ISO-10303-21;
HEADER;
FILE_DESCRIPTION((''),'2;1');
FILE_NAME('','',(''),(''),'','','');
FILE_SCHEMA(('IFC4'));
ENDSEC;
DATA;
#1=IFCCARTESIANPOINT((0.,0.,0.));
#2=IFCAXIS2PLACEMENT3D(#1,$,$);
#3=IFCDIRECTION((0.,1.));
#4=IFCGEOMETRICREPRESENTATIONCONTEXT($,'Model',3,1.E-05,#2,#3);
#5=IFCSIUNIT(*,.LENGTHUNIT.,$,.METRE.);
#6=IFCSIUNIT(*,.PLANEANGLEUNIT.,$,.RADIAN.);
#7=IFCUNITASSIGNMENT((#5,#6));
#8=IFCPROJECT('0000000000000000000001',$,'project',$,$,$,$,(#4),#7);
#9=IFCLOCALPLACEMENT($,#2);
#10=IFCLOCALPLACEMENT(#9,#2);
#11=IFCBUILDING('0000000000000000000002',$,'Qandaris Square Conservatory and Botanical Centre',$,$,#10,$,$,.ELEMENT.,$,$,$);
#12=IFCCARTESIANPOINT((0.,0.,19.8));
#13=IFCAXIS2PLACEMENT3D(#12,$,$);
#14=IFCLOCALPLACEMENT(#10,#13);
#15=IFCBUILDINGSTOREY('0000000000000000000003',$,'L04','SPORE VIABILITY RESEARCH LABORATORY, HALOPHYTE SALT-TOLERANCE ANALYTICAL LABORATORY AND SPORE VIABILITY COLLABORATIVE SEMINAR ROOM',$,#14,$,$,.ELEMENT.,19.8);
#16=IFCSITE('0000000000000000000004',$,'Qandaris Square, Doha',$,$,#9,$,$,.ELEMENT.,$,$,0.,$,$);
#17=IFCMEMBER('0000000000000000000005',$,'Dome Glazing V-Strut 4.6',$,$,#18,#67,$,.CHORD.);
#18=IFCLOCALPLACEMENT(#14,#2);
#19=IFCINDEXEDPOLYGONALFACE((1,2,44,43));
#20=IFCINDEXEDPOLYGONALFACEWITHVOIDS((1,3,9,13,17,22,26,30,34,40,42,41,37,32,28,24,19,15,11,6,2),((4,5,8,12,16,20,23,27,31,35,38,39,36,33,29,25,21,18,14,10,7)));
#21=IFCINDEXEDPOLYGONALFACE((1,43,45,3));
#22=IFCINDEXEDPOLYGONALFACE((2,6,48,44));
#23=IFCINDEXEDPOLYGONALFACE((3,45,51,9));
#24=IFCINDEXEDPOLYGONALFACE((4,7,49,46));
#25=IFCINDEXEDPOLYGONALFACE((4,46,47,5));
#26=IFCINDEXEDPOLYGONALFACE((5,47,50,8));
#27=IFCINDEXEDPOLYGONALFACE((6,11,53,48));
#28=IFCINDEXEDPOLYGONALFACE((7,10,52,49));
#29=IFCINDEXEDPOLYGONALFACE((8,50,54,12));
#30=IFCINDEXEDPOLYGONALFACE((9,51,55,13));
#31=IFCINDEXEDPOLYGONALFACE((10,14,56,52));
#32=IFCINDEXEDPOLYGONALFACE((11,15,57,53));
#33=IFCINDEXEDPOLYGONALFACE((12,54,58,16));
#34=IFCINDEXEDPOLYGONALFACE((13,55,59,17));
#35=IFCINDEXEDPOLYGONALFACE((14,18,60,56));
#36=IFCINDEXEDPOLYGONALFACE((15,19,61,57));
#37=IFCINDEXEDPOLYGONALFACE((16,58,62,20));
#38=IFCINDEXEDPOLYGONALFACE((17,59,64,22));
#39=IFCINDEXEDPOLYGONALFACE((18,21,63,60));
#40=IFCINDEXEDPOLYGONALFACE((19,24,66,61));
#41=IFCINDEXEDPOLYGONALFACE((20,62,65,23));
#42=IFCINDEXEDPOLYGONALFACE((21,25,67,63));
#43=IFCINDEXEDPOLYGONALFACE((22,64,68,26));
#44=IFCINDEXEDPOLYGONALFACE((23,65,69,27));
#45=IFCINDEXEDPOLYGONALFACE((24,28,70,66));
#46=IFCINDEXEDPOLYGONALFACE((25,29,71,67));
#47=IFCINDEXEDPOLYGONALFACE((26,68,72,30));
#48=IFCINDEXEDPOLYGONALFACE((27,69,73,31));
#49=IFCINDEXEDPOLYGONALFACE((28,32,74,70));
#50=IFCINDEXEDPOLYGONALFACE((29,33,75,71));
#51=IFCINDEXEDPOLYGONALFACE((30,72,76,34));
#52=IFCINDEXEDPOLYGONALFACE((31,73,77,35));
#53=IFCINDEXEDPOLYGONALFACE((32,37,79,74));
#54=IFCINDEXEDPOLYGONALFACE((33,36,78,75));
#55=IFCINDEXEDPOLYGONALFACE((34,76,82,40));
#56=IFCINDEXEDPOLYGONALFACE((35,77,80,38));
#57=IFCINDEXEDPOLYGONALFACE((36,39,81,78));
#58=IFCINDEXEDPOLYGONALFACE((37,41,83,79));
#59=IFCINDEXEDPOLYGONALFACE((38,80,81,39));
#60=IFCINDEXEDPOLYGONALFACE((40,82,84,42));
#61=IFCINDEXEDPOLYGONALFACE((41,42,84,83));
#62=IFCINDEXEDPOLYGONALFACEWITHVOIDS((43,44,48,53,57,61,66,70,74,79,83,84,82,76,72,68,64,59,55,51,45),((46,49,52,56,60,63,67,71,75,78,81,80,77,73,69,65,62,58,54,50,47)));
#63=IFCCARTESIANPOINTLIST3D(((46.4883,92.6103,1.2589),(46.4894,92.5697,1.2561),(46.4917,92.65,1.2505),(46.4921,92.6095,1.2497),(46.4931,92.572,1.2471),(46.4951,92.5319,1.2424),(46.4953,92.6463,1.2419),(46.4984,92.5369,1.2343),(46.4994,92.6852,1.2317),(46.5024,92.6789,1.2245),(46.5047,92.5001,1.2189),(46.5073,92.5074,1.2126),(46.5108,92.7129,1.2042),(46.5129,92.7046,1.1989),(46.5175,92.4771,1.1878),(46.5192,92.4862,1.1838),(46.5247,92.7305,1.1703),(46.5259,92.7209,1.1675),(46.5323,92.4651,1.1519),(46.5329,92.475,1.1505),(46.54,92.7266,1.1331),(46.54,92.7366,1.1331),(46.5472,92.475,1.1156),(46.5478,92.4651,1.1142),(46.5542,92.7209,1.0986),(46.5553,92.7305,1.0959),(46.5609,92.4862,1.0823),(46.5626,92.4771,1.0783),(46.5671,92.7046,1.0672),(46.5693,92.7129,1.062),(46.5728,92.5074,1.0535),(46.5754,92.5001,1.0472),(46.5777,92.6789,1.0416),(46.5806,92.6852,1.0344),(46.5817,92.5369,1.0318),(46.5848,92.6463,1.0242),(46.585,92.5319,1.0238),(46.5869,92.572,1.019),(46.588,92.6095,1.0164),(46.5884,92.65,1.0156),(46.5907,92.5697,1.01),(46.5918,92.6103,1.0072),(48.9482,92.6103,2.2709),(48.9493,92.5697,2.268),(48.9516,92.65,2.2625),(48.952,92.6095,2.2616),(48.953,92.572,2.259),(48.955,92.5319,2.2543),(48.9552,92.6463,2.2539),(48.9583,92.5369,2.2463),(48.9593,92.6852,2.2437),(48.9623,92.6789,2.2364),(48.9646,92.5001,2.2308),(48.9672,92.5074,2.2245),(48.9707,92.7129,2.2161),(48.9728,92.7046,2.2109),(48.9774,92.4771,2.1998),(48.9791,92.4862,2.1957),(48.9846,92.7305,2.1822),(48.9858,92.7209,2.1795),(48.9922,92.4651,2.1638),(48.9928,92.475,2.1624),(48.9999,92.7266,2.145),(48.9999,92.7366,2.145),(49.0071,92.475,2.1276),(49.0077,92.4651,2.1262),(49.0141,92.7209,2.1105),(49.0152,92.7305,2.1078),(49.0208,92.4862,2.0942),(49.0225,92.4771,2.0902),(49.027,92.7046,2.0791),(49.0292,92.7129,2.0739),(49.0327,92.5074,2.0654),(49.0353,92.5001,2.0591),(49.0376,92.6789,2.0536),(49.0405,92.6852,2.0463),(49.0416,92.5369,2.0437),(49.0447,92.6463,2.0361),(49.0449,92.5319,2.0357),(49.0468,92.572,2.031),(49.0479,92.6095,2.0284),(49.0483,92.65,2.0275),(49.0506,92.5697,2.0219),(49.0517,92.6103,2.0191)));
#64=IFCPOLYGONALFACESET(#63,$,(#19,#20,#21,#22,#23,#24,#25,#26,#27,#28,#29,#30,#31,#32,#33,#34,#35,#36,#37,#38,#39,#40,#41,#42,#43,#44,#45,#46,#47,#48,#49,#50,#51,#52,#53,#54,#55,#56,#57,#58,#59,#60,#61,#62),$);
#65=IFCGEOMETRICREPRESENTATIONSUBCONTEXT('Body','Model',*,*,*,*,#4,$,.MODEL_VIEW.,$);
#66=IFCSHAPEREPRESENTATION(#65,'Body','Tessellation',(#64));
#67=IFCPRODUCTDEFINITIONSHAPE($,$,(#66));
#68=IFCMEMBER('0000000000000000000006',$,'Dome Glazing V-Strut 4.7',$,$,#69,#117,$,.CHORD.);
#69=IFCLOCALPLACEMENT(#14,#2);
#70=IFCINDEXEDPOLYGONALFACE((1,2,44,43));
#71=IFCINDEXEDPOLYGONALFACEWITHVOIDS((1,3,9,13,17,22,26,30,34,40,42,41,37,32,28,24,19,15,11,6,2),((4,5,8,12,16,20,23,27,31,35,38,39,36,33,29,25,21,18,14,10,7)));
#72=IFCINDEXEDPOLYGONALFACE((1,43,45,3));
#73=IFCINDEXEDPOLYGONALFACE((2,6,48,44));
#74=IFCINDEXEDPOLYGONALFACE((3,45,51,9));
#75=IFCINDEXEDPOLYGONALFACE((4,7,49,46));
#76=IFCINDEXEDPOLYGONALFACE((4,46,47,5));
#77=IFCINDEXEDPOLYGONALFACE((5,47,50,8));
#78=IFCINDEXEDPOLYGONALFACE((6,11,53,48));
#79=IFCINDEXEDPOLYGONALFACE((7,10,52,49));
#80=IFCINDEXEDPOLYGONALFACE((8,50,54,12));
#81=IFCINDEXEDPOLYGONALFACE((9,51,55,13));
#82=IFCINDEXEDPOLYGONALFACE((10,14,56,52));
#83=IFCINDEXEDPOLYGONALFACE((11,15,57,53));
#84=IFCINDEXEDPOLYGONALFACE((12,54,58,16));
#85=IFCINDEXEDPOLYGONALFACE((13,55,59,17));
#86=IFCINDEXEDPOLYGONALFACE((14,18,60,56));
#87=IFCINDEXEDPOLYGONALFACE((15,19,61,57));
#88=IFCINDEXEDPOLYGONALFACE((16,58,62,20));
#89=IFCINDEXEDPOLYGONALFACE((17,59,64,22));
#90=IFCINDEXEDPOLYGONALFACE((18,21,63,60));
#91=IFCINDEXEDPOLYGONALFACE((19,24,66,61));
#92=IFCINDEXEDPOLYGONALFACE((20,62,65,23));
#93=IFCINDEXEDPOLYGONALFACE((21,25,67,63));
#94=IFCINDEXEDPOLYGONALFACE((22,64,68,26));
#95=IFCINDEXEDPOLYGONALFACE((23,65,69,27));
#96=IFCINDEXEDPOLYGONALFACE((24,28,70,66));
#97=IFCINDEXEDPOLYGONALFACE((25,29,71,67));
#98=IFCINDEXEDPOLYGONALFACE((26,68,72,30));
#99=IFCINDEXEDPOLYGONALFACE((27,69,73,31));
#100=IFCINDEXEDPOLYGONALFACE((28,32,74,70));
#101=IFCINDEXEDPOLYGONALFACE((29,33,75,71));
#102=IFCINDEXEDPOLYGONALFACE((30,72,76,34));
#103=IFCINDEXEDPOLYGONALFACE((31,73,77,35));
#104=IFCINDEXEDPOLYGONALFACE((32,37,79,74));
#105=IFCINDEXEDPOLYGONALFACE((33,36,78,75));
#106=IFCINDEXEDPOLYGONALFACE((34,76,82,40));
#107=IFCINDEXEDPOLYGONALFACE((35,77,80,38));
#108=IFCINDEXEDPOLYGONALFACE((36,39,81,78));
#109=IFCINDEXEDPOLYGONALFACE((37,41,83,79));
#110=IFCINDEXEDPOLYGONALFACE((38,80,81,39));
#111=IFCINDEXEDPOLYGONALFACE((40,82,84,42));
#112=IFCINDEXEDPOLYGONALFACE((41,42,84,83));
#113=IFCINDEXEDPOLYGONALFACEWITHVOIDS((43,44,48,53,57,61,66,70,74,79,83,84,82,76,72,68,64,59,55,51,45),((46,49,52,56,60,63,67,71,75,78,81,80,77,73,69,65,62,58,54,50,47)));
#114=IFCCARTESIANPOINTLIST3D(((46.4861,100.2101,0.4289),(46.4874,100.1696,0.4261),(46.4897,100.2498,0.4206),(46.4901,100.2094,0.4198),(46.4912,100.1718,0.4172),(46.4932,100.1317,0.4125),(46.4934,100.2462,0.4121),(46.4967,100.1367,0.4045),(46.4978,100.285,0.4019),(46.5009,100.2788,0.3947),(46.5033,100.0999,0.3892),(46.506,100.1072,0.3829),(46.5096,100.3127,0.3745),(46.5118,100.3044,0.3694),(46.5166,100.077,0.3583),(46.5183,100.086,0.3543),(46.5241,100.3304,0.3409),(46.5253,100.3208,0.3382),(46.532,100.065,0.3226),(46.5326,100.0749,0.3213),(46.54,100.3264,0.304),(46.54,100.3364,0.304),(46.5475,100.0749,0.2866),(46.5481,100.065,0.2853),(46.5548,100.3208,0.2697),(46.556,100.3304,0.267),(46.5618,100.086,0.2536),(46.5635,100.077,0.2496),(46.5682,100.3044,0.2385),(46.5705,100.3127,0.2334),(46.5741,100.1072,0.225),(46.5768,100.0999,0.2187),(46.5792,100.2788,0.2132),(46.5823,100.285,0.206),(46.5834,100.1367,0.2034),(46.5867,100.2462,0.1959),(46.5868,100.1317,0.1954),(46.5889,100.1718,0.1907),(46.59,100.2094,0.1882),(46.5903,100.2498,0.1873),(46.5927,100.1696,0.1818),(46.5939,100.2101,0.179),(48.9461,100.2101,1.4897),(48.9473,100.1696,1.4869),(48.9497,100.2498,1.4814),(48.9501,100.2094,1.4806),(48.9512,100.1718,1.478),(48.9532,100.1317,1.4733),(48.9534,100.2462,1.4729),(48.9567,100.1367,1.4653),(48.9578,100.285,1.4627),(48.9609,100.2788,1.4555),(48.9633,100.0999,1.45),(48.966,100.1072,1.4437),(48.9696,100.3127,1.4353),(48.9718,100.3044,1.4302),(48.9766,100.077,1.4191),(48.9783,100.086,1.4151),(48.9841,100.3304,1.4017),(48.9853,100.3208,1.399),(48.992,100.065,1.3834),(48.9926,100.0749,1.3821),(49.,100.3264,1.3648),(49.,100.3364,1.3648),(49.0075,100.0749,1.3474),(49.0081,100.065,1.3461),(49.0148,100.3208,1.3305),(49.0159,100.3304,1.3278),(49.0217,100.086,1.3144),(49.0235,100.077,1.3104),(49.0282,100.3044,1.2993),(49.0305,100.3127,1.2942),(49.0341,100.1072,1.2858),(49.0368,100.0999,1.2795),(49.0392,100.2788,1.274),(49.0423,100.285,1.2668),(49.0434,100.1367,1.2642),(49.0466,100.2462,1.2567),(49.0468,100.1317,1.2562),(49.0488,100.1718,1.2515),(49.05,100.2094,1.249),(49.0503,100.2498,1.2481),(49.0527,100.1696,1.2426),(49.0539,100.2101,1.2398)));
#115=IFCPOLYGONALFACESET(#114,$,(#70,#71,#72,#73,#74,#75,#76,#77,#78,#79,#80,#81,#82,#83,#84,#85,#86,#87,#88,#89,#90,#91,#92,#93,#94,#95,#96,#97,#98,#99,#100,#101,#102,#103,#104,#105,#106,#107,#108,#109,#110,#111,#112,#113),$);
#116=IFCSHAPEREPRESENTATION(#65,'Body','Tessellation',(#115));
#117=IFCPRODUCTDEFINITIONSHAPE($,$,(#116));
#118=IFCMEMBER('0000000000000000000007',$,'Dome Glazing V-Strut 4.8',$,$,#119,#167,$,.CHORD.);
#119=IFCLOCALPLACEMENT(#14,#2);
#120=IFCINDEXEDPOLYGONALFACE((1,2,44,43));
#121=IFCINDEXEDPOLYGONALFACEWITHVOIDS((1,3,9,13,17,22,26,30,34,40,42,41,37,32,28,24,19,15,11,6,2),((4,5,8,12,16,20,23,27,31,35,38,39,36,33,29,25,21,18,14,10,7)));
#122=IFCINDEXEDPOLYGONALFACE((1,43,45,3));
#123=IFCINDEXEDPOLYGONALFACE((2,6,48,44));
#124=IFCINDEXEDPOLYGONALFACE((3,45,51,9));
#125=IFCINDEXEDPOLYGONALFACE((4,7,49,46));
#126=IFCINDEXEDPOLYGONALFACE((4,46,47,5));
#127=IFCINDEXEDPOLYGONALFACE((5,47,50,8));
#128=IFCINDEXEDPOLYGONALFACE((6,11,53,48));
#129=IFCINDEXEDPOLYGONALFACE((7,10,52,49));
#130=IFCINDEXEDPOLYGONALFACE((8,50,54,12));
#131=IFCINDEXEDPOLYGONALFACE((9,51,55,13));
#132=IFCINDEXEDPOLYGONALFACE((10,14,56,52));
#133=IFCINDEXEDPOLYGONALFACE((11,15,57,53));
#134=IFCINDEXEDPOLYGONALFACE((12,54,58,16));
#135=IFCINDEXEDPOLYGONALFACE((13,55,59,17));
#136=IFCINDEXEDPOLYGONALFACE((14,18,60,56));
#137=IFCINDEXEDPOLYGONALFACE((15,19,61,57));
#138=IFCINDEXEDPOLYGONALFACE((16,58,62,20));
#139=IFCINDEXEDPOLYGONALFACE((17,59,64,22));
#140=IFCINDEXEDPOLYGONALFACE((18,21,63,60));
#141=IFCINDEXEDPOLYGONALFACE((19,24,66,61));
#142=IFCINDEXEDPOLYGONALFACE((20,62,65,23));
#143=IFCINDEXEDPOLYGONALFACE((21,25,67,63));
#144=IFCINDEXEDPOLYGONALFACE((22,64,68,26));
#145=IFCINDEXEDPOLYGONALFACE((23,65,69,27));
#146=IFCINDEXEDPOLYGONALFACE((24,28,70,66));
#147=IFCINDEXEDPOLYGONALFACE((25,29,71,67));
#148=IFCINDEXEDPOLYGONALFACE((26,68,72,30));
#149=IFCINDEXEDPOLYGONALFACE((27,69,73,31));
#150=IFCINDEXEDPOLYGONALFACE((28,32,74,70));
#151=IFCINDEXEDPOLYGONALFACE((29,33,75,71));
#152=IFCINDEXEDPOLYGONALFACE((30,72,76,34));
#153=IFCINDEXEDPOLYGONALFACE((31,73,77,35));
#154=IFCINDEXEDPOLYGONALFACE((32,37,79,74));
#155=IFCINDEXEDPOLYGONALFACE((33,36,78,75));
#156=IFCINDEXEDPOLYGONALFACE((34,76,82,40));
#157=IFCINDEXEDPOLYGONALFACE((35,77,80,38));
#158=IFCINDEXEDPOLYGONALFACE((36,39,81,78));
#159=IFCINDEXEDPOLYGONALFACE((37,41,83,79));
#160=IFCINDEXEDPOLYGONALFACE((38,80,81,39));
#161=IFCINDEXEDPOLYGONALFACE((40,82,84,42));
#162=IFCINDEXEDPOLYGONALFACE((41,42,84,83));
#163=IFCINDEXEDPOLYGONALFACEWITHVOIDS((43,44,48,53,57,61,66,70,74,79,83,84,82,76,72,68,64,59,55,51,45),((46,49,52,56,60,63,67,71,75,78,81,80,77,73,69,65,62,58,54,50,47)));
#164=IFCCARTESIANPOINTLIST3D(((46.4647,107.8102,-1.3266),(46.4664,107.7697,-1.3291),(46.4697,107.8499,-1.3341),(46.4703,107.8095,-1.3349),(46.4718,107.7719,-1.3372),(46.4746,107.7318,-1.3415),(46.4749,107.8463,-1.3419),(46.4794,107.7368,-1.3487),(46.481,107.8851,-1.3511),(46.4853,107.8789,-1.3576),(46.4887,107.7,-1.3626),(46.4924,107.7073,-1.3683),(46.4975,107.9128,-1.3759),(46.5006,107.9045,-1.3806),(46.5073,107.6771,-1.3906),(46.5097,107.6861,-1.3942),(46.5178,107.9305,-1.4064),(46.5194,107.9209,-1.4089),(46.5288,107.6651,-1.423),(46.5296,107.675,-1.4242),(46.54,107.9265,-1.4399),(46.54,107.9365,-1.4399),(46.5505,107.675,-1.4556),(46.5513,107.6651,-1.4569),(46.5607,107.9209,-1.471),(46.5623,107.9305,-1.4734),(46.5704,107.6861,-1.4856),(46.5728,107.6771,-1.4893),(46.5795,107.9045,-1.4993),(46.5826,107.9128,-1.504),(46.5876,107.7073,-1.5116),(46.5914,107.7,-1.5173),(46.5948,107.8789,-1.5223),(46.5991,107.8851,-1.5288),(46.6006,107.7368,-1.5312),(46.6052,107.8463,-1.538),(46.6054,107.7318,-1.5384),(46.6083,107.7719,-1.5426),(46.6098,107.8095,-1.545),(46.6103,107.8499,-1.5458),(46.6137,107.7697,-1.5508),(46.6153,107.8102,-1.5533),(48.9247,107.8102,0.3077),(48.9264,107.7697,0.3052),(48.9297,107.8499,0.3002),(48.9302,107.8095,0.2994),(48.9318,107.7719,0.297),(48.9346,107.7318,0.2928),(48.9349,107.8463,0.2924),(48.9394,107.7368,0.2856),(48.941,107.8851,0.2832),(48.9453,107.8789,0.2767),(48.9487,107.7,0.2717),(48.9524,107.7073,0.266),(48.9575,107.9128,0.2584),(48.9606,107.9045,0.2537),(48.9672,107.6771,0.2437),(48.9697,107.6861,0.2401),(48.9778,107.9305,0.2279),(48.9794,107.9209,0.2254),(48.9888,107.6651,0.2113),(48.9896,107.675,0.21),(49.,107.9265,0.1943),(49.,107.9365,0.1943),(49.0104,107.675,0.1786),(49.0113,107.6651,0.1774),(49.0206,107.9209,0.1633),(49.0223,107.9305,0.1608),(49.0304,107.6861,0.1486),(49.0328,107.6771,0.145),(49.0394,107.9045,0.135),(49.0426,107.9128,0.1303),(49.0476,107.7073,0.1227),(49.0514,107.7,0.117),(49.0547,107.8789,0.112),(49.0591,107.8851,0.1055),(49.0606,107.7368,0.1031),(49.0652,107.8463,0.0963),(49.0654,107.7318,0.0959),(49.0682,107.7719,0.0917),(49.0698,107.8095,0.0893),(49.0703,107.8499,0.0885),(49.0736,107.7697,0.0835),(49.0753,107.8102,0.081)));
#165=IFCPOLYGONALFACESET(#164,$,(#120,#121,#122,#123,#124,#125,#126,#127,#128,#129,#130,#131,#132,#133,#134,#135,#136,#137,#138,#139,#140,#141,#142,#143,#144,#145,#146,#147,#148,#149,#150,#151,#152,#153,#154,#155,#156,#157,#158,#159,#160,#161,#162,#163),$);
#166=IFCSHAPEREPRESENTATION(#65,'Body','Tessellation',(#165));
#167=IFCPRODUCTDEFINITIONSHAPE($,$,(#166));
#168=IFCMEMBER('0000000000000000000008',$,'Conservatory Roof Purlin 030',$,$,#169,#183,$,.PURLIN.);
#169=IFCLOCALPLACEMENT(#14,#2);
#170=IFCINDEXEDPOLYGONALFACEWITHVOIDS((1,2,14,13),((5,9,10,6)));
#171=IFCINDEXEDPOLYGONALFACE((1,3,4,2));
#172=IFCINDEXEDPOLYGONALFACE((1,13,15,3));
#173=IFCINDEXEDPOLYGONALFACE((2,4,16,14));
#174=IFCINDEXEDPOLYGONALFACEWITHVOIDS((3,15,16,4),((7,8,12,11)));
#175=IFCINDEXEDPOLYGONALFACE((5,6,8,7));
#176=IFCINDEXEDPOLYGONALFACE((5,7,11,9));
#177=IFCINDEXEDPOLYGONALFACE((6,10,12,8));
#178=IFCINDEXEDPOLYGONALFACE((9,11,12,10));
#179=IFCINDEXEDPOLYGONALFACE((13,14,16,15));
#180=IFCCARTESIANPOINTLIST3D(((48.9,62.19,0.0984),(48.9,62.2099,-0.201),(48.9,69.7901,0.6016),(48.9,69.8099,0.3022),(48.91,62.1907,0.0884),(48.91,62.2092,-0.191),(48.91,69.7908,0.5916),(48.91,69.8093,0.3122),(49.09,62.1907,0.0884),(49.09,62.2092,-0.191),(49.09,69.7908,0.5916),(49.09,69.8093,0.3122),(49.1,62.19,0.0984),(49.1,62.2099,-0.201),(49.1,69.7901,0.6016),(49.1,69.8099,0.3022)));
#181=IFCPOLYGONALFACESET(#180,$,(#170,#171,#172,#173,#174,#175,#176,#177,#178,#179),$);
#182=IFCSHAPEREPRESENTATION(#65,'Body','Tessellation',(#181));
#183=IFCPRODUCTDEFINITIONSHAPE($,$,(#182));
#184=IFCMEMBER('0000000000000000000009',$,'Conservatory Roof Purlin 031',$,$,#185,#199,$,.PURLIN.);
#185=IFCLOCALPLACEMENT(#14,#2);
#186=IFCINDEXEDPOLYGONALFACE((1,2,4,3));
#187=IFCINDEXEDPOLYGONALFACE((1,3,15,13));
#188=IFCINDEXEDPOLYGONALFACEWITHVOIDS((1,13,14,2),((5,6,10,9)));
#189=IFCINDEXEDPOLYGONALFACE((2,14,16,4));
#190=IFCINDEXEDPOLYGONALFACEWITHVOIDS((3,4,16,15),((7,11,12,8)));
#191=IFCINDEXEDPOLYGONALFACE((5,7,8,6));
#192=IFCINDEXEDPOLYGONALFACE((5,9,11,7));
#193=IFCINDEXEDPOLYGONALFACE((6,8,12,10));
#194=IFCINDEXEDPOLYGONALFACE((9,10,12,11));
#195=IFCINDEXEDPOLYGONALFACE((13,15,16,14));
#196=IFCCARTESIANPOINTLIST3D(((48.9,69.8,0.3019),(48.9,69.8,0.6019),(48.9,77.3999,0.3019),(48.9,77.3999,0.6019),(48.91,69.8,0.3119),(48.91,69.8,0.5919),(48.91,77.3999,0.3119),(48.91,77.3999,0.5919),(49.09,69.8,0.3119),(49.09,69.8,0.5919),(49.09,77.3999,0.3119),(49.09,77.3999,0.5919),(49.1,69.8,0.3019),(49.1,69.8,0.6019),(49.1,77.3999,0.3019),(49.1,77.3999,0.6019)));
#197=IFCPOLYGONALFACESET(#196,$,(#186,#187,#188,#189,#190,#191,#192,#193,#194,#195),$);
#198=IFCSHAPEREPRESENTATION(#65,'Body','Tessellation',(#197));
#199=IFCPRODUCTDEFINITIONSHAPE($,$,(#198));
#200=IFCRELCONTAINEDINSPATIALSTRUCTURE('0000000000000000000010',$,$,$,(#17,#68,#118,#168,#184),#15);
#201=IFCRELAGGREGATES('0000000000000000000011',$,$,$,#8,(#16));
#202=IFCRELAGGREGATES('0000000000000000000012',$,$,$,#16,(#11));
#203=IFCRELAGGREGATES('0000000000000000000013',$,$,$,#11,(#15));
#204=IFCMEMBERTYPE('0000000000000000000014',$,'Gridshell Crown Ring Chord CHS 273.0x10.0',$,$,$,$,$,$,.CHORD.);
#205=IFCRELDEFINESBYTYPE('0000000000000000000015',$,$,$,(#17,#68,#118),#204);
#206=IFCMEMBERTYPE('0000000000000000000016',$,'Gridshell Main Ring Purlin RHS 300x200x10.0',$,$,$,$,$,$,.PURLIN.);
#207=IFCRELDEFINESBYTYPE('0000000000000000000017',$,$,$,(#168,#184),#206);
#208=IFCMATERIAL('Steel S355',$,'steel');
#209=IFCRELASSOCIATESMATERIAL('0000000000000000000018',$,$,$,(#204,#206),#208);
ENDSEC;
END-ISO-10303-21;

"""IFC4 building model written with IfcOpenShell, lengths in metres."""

from ifc_helpers import new_model, si_unit, direction, frame, origin, origin_2d, place, context, subcontext, project, spatial, hollow_rectangle, hollow_circle, extrude, material, material_profile, profile_set, type_object, element, save


model = new_model("IFC4")

# Units and contexts
model_context = context("Model", 3, precision=1e-05, world=origin(), true_north=direction((0.0, 1.0)))
body_context = subcontext(model_context, "Body", "Model", "MODEL_VIEW")
ifc_project = project(units=[si_unit("LENGTHUNIT", "METRE"), si_unit("PLANEANGLEUNIT", "RADIAN")], contexts=[model_context])

# Site, building, storey
site_placement = place(None, origin())
site = spatial("IfcSite", under=ifc_project, at=site_placement, Name="Qandaris Square, Doha", CompositionType="ELEMENT", RefElevation=0.0)
building_placement = place(site_placement, origin())
building = spatial("IfcBuilding", under=site, at=building_placement, Name="Qandaris Square Conservatory and Botanical Centre", CompositionType="ELEMENT")
storey_placement = place(building_placement, frame((0.0, 0.0, 19.8)))
storey = spatial("IfcBuildingStorey", under=building, at=storey_placement, Name="L04", Description="SPORE VIABILITY RESEARCH LABORATORY, HALOPHYTE SALT-TOLERANCE ANALYTICAL LABORATORY AND SPORE VIABILITY COLLABORATIVE SEMINAR ROOM", CompositionType="ELEMENT", Elevation=19.8)

# Members
ifc_material = material(Name="Steel S355", Category="steel")
ifc_material_profile_1 = material_profile(ifc_material, hollow_circle(Radius=0.1365, WallThickness=0.01, at=origin_2d()), Name="CHS 273.0x10.0")
ifc_profile_set_1 = profile_set([ifc_material_profile_1], Name="Steel S355")
member_type_1 = type_object("IfcMemberType", Name="Gridshell Crown Ring Chord CHS 273.0x10.0", PredefinedType="CHORD", material=ifc_profile_set_1)
member_1_placement = place(storey_placement, frame((46.54, 92.6001, 1.1331), z_axis=(0.924805, 0.0, 0.38044), x_axis=(0.0, 1.0, 0.0)))
element("IfcMember", 1, at=member_1_placement, inside=storey, type_object=member_type_1, Name="Dome Glazing V-Strut 4.6", PredefinedType="CHORD", context=body_context, shape_type="SweptSolid", body=[
    extrude(hollow_circle(Radius=0.1365, WallThickness=0.01, at=origin_2d()), origin(), (0.0, 0.0, 1.0), 2.6599),
])
member_2_placement = place(storey_placement, frame((46.54, 100.2, 0.304), z_axis=(0.918261, 0.0, 0.395975), x_axis=(0.0, 1.0, 0.0)))
element("IfcMember", 2, at=member_2_placement, inside=storey, type_object=member_type_1, Name="Dome Glazing V-Strut 4.7", PredefinedType="CHORD", context=body_context, shape_type="SweptSolid", body=[
    extrude(hollow_circle(Radius=0.1365, WallThickness=0.01, at=origin_2d()), origin(), (0.0, 0.0, 1.0), 2.679),
])
member_3_placement = place(storey_placement, frame((46.54, 107.8, -1.4399), z_axis=(0.832939, 0.0, 0.553364), x_axis=(0.0, 1.0, 0.0)))
element("IfcMember", 3, at=member_3_placement, inside=storey, type_object=member_type_1, Name="Dome Glazing V-Strut 4.8", PredefinedType="CHORD", context=body_context, shape_type="SweptSolid", body=[
    extrude(hollow_circle(Radius=0.1365, WallThickness=0.01, at=origin_2d()), origin(), (0.0, 0.0, 1.0), 2.9534),
])
ifc_material_profile_2 = material_profile(ifc_material, hollow_rectangle(XDim=0.2, YDim=0.3, WallThickness=0.01, at=origin_2d()), Name="RHS 300x200x10.0")
ifc_profile_set_2 = profile_set([ifc_material_profile_2], Name="Steel S355")
member_type_2 = type_object("IfcMemberType", Name="Gridshell Main Ring Purlin RHS 300x200x10.0", PredefinedType="PURLIN", material=ifc_profile_set_2)
member_4_placement = place(storey_placement, frame((49.0, 62.2, -0.0513), z_axis=(0.0, 0.997816, 0.066062), x_axis=(-1.0, 0.0, 0.0)))
element("IfcMember", 4, at=member_4_placement, inside=storey, type_object=member_type_2, Name="Conservatory Roof Purlin 030", PredefinedType="PURLIN", context=body_context, shape_type="SweptSolid", body=[
    extrude(hollow_rectangle(XDim=0.2, YDim=0.3, WallThickness=0.01, at=origin_2d()), origin(), (0.0, 0.0, 1.0), 7.6167),
])
member_5_placement = place(storey_placement, frame((49.0, 69.8, 0.4519), z_axis=(0.0, 1.0, 0.0), x_axis=(-1.0, 0.0, 0.0)))
element("IfcMember", 5, at=member_5_placement, inside=storey, type_object=member_type_2, Name="Conservatory Roof Purlin 031", PredefinedType="PURLIN", context=body_context, shape_type="SweptSolid", body=[
    extrude(hollow_rectangle(XDim=0.2, YDim=0.3, WallThickness=0.01, at=origin_2d()), origin(), (0.0, 0.0, 1.0), 7.5999),
])

save(model, "model.ifc")
